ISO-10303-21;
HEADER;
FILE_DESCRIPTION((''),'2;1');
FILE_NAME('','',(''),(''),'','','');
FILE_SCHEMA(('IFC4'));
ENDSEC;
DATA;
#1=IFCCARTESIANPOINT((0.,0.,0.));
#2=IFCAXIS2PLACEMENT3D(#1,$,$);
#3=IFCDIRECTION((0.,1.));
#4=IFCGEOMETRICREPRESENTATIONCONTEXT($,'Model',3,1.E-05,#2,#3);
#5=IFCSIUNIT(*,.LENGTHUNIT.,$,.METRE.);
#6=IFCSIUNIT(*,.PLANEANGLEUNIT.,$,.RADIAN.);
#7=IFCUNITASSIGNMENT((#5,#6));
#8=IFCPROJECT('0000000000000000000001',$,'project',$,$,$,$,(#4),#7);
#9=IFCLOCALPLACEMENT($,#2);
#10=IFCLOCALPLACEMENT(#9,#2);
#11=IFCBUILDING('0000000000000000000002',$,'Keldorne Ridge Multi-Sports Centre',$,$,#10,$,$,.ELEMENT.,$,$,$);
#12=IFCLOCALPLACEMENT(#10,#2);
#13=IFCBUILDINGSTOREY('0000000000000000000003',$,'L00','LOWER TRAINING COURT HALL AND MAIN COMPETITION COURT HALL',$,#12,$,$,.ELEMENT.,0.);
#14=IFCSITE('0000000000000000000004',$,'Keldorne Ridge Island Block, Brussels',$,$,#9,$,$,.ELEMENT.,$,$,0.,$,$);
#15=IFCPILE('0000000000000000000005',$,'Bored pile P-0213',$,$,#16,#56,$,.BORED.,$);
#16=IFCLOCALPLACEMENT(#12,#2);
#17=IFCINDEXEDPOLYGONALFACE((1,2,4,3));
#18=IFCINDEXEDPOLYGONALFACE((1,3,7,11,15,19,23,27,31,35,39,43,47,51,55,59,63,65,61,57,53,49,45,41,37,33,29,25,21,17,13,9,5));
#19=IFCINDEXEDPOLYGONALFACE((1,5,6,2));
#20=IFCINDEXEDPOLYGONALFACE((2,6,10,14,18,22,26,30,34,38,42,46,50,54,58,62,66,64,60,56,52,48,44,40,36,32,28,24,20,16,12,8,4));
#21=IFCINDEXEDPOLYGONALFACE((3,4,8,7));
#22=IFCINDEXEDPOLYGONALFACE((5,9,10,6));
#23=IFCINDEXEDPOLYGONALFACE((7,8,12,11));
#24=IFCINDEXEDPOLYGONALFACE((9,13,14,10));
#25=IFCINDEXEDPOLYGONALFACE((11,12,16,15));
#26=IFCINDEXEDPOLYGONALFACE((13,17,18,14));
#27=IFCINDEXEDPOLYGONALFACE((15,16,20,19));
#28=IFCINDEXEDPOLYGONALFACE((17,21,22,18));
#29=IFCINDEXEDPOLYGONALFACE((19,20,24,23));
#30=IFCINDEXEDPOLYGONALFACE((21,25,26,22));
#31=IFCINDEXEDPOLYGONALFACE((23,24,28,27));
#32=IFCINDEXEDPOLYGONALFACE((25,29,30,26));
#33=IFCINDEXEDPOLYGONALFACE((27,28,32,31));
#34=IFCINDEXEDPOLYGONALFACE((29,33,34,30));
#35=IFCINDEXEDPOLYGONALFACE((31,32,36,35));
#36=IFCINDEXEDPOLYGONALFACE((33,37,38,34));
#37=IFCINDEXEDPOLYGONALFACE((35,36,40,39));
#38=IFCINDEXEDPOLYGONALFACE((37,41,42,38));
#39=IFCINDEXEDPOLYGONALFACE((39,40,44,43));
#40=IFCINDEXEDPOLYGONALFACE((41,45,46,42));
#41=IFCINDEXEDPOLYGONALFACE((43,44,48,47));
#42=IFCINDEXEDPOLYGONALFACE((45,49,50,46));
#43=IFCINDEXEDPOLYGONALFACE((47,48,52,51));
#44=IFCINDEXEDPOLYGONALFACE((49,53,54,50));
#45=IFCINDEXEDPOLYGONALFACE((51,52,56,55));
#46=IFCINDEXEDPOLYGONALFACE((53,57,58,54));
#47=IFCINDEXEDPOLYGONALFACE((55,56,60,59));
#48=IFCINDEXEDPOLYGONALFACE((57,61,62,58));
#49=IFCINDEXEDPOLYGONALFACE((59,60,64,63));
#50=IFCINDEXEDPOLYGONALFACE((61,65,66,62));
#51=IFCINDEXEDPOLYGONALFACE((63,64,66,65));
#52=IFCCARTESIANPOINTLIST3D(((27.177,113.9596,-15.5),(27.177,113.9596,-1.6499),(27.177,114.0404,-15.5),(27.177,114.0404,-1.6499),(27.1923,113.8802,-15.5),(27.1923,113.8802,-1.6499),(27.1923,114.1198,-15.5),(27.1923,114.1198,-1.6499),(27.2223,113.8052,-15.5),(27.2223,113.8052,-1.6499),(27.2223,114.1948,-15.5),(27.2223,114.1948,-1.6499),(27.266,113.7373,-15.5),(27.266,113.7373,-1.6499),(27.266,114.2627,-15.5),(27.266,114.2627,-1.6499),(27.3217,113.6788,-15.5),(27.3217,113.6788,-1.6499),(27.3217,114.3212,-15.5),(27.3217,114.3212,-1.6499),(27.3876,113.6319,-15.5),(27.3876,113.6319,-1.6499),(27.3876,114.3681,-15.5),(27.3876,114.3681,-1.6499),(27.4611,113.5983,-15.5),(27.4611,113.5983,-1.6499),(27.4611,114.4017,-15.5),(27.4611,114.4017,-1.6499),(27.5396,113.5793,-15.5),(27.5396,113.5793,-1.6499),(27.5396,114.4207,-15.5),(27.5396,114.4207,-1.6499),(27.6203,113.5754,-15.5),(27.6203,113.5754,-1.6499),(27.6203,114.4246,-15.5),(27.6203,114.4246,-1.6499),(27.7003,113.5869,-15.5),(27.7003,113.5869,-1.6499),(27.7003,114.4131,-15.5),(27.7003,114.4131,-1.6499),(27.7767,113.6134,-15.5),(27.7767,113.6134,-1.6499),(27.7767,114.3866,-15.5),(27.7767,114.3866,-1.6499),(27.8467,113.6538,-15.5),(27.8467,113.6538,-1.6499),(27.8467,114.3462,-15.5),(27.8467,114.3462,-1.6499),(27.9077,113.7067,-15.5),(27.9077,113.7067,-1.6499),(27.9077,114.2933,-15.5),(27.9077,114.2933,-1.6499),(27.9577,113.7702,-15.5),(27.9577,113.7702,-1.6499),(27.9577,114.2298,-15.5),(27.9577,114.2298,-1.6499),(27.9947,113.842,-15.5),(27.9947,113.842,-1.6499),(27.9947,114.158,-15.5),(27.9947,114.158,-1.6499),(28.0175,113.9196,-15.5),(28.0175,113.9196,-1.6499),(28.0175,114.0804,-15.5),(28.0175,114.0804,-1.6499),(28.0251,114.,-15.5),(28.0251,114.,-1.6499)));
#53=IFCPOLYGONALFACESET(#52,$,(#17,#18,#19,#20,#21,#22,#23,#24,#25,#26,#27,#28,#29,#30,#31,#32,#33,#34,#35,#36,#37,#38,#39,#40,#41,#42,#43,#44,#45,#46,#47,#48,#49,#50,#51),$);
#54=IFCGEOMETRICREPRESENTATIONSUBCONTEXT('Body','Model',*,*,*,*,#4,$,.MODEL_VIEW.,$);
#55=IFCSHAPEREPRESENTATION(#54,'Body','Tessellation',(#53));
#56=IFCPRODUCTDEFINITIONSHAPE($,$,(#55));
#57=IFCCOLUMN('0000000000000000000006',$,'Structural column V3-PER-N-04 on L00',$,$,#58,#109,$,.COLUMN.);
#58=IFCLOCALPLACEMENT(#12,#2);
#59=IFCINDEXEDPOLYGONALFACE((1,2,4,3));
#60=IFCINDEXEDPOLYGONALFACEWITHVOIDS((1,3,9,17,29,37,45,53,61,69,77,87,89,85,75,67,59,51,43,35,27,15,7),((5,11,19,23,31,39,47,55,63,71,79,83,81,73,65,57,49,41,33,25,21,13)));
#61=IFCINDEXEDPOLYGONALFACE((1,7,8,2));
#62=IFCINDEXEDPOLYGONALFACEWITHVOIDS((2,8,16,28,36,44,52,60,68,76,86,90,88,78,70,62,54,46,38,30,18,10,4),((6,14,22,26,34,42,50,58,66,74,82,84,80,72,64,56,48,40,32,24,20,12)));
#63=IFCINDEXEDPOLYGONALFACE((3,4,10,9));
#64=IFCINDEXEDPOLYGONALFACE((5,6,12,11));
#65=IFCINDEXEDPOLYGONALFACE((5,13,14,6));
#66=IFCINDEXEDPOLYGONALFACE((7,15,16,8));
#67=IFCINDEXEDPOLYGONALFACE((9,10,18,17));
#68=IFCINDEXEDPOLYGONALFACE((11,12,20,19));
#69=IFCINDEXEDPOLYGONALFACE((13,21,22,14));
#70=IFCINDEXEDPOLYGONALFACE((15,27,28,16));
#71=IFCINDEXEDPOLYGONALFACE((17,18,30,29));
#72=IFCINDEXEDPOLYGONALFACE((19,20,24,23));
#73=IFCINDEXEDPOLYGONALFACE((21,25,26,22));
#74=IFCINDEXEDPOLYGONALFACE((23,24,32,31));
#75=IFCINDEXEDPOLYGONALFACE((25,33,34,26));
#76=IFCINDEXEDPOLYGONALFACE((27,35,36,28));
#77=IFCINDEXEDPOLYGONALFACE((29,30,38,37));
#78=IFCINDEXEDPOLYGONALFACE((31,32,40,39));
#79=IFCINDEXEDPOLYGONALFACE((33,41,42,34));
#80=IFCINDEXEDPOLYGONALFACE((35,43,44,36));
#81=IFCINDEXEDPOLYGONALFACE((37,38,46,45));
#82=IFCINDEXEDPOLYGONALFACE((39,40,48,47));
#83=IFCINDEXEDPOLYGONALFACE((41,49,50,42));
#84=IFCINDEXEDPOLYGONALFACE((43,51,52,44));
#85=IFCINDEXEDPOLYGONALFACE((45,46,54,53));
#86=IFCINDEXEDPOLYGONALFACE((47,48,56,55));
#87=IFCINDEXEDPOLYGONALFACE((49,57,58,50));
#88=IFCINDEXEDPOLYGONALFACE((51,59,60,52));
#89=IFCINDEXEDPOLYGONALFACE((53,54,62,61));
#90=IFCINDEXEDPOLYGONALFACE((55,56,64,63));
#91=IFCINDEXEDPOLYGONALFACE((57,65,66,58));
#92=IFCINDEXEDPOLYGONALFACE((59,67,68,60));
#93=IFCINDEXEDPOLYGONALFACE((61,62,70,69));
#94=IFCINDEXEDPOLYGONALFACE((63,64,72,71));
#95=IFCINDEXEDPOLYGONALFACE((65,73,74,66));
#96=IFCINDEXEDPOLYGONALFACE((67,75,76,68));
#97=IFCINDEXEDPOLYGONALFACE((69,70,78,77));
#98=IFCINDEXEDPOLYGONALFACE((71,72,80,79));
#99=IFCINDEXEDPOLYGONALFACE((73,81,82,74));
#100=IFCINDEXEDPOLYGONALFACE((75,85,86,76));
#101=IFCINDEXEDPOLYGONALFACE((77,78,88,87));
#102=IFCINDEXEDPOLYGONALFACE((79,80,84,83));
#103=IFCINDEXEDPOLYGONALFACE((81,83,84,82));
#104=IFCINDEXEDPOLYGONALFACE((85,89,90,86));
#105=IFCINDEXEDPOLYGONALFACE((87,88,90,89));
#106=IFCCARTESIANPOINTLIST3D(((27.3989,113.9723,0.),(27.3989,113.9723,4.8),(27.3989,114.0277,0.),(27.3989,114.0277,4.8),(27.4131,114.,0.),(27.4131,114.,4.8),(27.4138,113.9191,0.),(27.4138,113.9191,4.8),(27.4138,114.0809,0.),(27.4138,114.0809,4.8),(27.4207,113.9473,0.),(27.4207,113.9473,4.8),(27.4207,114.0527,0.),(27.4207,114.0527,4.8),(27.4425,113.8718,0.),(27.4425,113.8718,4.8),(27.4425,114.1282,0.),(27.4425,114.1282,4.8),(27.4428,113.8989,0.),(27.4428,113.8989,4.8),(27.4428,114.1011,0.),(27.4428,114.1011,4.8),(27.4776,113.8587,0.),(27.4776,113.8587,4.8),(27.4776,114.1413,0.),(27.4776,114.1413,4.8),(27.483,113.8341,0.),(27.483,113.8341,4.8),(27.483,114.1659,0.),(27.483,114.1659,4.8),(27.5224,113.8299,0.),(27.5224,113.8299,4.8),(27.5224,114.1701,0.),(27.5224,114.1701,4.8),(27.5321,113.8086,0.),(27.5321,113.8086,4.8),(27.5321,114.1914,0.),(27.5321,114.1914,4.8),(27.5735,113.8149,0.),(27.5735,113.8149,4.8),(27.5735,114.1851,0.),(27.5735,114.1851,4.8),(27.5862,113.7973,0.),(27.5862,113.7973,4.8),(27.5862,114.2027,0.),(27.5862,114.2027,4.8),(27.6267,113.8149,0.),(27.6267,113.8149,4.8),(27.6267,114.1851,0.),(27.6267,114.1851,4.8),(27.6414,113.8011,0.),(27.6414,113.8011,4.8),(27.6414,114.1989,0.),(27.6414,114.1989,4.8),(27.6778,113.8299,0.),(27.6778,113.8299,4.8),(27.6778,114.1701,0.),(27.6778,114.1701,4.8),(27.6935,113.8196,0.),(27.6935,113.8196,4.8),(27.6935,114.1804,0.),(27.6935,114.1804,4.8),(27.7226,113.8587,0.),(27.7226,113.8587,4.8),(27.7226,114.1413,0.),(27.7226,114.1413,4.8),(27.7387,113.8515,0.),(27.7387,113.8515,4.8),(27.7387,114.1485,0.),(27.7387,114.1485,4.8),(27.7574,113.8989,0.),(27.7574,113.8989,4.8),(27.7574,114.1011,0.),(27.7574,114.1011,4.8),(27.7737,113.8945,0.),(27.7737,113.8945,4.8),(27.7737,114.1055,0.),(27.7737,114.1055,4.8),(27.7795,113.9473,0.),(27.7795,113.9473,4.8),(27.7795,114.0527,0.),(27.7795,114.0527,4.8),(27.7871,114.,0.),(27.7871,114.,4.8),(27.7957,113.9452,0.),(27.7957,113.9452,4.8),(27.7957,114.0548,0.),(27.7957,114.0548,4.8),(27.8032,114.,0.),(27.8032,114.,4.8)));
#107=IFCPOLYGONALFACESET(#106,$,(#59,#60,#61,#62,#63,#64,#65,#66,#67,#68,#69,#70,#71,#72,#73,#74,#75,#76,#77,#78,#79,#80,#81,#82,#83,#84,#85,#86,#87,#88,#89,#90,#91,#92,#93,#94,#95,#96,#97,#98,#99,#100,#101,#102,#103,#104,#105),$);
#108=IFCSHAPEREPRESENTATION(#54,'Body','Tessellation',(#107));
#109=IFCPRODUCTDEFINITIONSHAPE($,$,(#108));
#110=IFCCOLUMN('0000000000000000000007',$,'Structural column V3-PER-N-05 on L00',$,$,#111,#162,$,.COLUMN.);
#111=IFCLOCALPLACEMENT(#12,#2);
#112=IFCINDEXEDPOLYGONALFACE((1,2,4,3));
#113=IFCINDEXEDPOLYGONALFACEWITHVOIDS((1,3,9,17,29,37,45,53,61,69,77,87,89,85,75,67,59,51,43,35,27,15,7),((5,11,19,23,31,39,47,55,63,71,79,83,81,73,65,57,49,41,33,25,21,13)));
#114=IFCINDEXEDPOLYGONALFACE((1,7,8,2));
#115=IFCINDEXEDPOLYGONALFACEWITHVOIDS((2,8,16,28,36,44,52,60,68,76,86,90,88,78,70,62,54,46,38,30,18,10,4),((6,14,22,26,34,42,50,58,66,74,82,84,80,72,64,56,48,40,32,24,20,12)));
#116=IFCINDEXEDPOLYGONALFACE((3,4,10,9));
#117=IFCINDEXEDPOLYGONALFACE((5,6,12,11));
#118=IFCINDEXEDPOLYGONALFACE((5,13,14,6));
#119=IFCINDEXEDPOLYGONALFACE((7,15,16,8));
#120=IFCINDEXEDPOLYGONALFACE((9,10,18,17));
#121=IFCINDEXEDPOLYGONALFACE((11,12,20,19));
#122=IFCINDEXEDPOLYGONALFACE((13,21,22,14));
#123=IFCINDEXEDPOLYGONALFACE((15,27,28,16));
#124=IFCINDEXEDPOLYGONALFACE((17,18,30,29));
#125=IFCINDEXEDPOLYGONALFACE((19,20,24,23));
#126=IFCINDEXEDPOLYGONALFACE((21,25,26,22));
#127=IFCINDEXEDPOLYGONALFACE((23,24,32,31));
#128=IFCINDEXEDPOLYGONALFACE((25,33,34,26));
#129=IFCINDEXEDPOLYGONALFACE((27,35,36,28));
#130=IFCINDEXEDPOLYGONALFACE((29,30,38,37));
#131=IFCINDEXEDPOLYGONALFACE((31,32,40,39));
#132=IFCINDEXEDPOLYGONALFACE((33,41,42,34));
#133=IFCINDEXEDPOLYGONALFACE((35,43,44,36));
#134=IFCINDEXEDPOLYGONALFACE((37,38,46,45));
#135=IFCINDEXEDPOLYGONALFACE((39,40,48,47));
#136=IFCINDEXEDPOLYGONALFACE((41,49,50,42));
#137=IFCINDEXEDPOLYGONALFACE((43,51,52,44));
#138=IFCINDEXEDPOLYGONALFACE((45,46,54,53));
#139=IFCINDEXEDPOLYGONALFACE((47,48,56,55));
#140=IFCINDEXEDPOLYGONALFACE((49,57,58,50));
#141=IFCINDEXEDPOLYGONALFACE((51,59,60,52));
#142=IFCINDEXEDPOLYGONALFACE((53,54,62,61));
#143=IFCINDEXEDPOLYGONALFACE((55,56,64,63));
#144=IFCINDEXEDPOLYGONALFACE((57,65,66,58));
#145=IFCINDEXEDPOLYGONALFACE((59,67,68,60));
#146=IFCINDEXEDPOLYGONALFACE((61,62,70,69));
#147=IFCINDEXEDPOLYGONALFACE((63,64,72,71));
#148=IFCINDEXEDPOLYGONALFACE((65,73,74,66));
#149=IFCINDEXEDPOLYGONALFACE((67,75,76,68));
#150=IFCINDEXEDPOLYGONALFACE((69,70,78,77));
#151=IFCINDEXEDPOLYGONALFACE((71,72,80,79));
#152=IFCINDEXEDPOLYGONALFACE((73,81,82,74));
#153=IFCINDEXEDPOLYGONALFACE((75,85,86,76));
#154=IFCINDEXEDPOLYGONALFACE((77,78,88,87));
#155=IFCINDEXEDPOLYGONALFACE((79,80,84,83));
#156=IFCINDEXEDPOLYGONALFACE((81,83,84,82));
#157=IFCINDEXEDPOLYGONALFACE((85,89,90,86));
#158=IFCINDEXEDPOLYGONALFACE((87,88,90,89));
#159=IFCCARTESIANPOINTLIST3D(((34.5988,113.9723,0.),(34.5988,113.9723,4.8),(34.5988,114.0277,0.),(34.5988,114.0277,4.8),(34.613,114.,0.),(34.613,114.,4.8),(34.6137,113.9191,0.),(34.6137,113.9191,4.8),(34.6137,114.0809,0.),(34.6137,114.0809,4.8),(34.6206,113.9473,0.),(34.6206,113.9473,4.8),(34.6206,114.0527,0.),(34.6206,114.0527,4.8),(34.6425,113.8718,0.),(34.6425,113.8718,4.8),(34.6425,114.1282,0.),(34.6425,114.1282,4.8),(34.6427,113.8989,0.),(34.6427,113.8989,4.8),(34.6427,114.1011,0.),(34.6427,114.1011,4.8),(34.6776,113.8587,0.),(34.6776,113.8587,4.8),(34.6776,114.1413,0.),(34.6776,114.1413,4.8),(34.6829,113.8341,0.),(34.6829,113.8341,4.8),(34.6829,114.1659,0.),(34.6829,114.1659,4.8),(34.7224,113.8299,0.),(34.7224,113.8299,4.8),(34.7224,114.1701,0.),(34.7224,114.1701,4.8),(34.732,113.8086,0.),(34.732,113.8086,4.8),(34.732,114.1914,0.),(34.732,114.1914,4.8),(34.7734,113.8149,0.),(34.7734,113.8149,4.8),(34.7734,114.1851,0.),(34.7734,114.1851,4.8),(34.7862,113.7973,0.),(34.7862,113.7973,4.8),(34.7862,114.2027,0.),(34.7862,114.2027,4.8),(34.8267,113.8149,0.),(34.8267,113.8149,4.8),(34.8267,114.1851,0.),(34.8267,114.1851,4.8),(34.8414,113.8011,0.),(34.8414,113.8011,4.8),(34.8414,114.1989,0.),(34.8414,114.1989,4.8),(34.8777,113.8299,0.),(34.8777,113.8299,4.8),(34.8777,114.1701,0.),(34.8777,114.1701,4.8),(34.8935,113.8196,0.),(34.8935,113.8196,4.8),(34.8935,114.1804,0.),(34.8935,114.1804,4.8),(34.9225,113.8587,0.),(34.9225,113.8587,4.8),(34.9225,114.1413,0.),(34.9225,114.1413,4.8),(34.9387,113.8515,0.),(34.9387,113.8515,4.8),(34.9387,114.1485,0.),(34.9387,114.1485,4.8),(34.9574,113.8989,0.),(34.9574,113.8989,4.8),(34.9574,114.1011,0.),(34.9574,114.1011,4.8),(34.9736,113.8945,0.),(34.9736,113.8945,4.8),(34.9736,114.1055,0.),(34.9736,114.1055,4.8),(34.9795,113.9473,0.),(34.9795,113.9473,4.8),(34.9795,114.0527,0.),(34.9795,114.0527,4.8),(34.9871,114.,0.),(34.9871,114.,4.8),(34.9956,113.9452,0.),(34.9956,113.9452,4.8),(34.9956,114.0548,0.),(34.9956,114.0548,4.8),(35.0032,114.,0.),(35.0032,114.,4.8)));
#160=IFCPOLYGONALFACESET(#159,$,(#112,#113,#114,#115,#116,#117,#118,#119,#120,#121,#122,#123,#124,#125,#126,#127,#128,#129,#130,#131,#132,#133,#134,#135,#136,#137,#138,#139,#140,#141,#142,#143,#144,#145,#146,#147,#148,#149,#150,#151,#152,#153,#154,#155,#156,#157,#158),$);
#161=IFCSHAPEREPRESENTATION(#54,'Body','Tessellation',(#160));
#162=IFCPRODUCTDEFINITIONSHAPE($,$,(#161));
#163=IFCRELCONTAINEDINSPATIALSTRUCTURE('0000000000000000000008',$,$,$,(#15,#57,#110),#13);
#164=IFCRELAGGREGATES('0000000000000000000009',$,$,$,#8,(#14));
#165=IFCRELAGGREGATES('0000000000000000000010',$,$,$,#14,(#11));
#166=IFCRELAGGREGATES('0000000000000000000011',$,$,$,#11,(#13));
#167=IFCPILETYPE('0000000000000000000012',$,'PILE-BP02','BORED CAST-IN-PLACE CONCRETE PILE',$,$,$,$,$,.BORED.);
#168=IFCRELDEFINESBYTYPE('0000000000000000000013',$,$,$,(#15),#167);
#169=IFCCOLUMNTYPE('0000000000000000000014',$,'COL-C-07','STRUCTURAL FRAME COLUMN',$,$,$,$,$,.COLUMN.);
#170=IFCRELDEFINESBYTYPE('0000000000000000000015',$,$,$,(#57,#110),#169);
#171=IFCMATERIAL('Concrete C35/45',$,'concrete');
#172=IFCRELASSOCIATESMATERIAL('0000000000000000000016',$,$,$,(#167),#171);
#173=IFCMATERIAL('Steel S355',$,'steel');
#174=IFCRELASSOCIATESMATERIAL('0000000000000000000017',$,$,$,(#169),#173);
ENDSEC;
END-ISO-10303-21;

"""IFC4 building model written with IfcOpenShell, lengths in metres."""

from ifc_helpers import new_model, si_unit, direction, frame, origin, origin_2d, place, context, subcontext, project, spatial, circle, hollow_circle, extrude, material, material_profile, profile_set, type_object, element, save


model = new_model("IFC4")

# Units and contexts
model_context = context("Model", 3, precision=1e-05, world=origin(), true_north=direction((0.0, 1.0)))
body_context = subcontext(model_context, "Body", "Model", "MODEL_VIEW")
ifc_project = project(units=[si_unit("LENGTHUNIT", "METRE"), si_unit("PLANEANGLEUNIT", "RADIAN")], contexts=[model_context])

# Site, building, storey
site_placement = place(None, origin())
site = spatial("IfcSite", under=ifc_project, at=site_placement, Name="Keldorne Ridge Island Block, Brussels", CompositionType="ELEMENT", RefElevation=0.0)
building_placement = place(site_placement, origin())
building = spatial("IfcBuilding", under=site, at=building_placement, Name="Keldorne Ridge Multi-Sports Centre", CompositionType="ELEMENT")
storey_placement = place(building_placement, origin())
storey = spatial("IfcBuildingStorey", under=building, at=storey_placement, Name="L00", Description="LOWER TRAINING COURT HALL AND MAIN COMPETITION COURT HALL", CompositionType="ELEMENT", Elevation=0.0)

# Shared definitions
ifc_material_1 = material(Name="Concrete C35/45", Category="concrete")

# Pile
ifc_material_profile_1 = material_profile(ifc_material_1, circle(Radius=0.425, at=origin_2d()), Name="BORED PILE D850")
ifc_profile_set_1 = profile_set([ifc_material_profile_1], Name="Concrete C35/45")
pile_type_1 = type_object("IfcPileType", Name="PILE-BP02", Description="BORED CAST-IN-PLACE CONCRETE PILE", PredefinedType="BORED", material=ifc_profile_set_1)
pile_placement = place(storey_placement, frame((27.6001, 114.0, -1.6499), z_axis=(0.0, 0.0, -1.0), x_axis=(1.0, 0.0, 0.0)))
element("IfcPile", 1, at=pile_placement, inside=storey, type_object=pile_type_1, Name="Bored pile P-0213", PredefinedType="BORED", context=body_context, shape_type="SweptSolid", body=[
    extrude(circle(Radius=0.425, at=origin_2d()), origin(), (0.0, 0.0, 1.0), 13.8501),
])

# Columns
ifc_material_2 = material(Name="Steel S355", Category="steel")
ifc_material_profile_2 = material_profile(ifc_material_2, hollow_circle(Radius=0.2031, WallThickness=0.0161, at=origin_2d()), Name="CHS 406.4x16")
ifc_profile_set_2 = profile_set([ifc_material_profile_2], Name="Steel S355")
column_type_1 = type_object("IfcColumnType", Name="COL-C-07", Description="STRUCTURAL FRAME COLUMN", PredefinedType="COLUMN", material=ifc_profile_set_2)
for number, where, z_axis, x_axis, name in (
    (2, (27.6001, 114.0, 0.0), (0.0, 0.0, 1.0), (1.0, 0.0, 0.0), "Structural column V3-PER-N-04 on L00"),
    (3, (34.8, 114.0, 0.0), (0.0, 0.0, 1.0), (1.0, 0.0, 0.0), "Structural column V3-PER-N-05 on L00"),
):
    element("IfcColumn", number, at=place(storey_placement, frame(where, z_axis=z_axis, x_axis=x_axis)), inside=storey, type_object=column_type_1, Name=name, PredefinedType="COLUMN", context=body_context, shape_type="SweptSolid", body=[
        extrude(hollow_circle(Radius=0.2031, WallThickness=0.0161, at=origin_2d()), origin(), (0.0, 0.0, 1.0), 4.8),
    ])

save(model, "model.ifc")
